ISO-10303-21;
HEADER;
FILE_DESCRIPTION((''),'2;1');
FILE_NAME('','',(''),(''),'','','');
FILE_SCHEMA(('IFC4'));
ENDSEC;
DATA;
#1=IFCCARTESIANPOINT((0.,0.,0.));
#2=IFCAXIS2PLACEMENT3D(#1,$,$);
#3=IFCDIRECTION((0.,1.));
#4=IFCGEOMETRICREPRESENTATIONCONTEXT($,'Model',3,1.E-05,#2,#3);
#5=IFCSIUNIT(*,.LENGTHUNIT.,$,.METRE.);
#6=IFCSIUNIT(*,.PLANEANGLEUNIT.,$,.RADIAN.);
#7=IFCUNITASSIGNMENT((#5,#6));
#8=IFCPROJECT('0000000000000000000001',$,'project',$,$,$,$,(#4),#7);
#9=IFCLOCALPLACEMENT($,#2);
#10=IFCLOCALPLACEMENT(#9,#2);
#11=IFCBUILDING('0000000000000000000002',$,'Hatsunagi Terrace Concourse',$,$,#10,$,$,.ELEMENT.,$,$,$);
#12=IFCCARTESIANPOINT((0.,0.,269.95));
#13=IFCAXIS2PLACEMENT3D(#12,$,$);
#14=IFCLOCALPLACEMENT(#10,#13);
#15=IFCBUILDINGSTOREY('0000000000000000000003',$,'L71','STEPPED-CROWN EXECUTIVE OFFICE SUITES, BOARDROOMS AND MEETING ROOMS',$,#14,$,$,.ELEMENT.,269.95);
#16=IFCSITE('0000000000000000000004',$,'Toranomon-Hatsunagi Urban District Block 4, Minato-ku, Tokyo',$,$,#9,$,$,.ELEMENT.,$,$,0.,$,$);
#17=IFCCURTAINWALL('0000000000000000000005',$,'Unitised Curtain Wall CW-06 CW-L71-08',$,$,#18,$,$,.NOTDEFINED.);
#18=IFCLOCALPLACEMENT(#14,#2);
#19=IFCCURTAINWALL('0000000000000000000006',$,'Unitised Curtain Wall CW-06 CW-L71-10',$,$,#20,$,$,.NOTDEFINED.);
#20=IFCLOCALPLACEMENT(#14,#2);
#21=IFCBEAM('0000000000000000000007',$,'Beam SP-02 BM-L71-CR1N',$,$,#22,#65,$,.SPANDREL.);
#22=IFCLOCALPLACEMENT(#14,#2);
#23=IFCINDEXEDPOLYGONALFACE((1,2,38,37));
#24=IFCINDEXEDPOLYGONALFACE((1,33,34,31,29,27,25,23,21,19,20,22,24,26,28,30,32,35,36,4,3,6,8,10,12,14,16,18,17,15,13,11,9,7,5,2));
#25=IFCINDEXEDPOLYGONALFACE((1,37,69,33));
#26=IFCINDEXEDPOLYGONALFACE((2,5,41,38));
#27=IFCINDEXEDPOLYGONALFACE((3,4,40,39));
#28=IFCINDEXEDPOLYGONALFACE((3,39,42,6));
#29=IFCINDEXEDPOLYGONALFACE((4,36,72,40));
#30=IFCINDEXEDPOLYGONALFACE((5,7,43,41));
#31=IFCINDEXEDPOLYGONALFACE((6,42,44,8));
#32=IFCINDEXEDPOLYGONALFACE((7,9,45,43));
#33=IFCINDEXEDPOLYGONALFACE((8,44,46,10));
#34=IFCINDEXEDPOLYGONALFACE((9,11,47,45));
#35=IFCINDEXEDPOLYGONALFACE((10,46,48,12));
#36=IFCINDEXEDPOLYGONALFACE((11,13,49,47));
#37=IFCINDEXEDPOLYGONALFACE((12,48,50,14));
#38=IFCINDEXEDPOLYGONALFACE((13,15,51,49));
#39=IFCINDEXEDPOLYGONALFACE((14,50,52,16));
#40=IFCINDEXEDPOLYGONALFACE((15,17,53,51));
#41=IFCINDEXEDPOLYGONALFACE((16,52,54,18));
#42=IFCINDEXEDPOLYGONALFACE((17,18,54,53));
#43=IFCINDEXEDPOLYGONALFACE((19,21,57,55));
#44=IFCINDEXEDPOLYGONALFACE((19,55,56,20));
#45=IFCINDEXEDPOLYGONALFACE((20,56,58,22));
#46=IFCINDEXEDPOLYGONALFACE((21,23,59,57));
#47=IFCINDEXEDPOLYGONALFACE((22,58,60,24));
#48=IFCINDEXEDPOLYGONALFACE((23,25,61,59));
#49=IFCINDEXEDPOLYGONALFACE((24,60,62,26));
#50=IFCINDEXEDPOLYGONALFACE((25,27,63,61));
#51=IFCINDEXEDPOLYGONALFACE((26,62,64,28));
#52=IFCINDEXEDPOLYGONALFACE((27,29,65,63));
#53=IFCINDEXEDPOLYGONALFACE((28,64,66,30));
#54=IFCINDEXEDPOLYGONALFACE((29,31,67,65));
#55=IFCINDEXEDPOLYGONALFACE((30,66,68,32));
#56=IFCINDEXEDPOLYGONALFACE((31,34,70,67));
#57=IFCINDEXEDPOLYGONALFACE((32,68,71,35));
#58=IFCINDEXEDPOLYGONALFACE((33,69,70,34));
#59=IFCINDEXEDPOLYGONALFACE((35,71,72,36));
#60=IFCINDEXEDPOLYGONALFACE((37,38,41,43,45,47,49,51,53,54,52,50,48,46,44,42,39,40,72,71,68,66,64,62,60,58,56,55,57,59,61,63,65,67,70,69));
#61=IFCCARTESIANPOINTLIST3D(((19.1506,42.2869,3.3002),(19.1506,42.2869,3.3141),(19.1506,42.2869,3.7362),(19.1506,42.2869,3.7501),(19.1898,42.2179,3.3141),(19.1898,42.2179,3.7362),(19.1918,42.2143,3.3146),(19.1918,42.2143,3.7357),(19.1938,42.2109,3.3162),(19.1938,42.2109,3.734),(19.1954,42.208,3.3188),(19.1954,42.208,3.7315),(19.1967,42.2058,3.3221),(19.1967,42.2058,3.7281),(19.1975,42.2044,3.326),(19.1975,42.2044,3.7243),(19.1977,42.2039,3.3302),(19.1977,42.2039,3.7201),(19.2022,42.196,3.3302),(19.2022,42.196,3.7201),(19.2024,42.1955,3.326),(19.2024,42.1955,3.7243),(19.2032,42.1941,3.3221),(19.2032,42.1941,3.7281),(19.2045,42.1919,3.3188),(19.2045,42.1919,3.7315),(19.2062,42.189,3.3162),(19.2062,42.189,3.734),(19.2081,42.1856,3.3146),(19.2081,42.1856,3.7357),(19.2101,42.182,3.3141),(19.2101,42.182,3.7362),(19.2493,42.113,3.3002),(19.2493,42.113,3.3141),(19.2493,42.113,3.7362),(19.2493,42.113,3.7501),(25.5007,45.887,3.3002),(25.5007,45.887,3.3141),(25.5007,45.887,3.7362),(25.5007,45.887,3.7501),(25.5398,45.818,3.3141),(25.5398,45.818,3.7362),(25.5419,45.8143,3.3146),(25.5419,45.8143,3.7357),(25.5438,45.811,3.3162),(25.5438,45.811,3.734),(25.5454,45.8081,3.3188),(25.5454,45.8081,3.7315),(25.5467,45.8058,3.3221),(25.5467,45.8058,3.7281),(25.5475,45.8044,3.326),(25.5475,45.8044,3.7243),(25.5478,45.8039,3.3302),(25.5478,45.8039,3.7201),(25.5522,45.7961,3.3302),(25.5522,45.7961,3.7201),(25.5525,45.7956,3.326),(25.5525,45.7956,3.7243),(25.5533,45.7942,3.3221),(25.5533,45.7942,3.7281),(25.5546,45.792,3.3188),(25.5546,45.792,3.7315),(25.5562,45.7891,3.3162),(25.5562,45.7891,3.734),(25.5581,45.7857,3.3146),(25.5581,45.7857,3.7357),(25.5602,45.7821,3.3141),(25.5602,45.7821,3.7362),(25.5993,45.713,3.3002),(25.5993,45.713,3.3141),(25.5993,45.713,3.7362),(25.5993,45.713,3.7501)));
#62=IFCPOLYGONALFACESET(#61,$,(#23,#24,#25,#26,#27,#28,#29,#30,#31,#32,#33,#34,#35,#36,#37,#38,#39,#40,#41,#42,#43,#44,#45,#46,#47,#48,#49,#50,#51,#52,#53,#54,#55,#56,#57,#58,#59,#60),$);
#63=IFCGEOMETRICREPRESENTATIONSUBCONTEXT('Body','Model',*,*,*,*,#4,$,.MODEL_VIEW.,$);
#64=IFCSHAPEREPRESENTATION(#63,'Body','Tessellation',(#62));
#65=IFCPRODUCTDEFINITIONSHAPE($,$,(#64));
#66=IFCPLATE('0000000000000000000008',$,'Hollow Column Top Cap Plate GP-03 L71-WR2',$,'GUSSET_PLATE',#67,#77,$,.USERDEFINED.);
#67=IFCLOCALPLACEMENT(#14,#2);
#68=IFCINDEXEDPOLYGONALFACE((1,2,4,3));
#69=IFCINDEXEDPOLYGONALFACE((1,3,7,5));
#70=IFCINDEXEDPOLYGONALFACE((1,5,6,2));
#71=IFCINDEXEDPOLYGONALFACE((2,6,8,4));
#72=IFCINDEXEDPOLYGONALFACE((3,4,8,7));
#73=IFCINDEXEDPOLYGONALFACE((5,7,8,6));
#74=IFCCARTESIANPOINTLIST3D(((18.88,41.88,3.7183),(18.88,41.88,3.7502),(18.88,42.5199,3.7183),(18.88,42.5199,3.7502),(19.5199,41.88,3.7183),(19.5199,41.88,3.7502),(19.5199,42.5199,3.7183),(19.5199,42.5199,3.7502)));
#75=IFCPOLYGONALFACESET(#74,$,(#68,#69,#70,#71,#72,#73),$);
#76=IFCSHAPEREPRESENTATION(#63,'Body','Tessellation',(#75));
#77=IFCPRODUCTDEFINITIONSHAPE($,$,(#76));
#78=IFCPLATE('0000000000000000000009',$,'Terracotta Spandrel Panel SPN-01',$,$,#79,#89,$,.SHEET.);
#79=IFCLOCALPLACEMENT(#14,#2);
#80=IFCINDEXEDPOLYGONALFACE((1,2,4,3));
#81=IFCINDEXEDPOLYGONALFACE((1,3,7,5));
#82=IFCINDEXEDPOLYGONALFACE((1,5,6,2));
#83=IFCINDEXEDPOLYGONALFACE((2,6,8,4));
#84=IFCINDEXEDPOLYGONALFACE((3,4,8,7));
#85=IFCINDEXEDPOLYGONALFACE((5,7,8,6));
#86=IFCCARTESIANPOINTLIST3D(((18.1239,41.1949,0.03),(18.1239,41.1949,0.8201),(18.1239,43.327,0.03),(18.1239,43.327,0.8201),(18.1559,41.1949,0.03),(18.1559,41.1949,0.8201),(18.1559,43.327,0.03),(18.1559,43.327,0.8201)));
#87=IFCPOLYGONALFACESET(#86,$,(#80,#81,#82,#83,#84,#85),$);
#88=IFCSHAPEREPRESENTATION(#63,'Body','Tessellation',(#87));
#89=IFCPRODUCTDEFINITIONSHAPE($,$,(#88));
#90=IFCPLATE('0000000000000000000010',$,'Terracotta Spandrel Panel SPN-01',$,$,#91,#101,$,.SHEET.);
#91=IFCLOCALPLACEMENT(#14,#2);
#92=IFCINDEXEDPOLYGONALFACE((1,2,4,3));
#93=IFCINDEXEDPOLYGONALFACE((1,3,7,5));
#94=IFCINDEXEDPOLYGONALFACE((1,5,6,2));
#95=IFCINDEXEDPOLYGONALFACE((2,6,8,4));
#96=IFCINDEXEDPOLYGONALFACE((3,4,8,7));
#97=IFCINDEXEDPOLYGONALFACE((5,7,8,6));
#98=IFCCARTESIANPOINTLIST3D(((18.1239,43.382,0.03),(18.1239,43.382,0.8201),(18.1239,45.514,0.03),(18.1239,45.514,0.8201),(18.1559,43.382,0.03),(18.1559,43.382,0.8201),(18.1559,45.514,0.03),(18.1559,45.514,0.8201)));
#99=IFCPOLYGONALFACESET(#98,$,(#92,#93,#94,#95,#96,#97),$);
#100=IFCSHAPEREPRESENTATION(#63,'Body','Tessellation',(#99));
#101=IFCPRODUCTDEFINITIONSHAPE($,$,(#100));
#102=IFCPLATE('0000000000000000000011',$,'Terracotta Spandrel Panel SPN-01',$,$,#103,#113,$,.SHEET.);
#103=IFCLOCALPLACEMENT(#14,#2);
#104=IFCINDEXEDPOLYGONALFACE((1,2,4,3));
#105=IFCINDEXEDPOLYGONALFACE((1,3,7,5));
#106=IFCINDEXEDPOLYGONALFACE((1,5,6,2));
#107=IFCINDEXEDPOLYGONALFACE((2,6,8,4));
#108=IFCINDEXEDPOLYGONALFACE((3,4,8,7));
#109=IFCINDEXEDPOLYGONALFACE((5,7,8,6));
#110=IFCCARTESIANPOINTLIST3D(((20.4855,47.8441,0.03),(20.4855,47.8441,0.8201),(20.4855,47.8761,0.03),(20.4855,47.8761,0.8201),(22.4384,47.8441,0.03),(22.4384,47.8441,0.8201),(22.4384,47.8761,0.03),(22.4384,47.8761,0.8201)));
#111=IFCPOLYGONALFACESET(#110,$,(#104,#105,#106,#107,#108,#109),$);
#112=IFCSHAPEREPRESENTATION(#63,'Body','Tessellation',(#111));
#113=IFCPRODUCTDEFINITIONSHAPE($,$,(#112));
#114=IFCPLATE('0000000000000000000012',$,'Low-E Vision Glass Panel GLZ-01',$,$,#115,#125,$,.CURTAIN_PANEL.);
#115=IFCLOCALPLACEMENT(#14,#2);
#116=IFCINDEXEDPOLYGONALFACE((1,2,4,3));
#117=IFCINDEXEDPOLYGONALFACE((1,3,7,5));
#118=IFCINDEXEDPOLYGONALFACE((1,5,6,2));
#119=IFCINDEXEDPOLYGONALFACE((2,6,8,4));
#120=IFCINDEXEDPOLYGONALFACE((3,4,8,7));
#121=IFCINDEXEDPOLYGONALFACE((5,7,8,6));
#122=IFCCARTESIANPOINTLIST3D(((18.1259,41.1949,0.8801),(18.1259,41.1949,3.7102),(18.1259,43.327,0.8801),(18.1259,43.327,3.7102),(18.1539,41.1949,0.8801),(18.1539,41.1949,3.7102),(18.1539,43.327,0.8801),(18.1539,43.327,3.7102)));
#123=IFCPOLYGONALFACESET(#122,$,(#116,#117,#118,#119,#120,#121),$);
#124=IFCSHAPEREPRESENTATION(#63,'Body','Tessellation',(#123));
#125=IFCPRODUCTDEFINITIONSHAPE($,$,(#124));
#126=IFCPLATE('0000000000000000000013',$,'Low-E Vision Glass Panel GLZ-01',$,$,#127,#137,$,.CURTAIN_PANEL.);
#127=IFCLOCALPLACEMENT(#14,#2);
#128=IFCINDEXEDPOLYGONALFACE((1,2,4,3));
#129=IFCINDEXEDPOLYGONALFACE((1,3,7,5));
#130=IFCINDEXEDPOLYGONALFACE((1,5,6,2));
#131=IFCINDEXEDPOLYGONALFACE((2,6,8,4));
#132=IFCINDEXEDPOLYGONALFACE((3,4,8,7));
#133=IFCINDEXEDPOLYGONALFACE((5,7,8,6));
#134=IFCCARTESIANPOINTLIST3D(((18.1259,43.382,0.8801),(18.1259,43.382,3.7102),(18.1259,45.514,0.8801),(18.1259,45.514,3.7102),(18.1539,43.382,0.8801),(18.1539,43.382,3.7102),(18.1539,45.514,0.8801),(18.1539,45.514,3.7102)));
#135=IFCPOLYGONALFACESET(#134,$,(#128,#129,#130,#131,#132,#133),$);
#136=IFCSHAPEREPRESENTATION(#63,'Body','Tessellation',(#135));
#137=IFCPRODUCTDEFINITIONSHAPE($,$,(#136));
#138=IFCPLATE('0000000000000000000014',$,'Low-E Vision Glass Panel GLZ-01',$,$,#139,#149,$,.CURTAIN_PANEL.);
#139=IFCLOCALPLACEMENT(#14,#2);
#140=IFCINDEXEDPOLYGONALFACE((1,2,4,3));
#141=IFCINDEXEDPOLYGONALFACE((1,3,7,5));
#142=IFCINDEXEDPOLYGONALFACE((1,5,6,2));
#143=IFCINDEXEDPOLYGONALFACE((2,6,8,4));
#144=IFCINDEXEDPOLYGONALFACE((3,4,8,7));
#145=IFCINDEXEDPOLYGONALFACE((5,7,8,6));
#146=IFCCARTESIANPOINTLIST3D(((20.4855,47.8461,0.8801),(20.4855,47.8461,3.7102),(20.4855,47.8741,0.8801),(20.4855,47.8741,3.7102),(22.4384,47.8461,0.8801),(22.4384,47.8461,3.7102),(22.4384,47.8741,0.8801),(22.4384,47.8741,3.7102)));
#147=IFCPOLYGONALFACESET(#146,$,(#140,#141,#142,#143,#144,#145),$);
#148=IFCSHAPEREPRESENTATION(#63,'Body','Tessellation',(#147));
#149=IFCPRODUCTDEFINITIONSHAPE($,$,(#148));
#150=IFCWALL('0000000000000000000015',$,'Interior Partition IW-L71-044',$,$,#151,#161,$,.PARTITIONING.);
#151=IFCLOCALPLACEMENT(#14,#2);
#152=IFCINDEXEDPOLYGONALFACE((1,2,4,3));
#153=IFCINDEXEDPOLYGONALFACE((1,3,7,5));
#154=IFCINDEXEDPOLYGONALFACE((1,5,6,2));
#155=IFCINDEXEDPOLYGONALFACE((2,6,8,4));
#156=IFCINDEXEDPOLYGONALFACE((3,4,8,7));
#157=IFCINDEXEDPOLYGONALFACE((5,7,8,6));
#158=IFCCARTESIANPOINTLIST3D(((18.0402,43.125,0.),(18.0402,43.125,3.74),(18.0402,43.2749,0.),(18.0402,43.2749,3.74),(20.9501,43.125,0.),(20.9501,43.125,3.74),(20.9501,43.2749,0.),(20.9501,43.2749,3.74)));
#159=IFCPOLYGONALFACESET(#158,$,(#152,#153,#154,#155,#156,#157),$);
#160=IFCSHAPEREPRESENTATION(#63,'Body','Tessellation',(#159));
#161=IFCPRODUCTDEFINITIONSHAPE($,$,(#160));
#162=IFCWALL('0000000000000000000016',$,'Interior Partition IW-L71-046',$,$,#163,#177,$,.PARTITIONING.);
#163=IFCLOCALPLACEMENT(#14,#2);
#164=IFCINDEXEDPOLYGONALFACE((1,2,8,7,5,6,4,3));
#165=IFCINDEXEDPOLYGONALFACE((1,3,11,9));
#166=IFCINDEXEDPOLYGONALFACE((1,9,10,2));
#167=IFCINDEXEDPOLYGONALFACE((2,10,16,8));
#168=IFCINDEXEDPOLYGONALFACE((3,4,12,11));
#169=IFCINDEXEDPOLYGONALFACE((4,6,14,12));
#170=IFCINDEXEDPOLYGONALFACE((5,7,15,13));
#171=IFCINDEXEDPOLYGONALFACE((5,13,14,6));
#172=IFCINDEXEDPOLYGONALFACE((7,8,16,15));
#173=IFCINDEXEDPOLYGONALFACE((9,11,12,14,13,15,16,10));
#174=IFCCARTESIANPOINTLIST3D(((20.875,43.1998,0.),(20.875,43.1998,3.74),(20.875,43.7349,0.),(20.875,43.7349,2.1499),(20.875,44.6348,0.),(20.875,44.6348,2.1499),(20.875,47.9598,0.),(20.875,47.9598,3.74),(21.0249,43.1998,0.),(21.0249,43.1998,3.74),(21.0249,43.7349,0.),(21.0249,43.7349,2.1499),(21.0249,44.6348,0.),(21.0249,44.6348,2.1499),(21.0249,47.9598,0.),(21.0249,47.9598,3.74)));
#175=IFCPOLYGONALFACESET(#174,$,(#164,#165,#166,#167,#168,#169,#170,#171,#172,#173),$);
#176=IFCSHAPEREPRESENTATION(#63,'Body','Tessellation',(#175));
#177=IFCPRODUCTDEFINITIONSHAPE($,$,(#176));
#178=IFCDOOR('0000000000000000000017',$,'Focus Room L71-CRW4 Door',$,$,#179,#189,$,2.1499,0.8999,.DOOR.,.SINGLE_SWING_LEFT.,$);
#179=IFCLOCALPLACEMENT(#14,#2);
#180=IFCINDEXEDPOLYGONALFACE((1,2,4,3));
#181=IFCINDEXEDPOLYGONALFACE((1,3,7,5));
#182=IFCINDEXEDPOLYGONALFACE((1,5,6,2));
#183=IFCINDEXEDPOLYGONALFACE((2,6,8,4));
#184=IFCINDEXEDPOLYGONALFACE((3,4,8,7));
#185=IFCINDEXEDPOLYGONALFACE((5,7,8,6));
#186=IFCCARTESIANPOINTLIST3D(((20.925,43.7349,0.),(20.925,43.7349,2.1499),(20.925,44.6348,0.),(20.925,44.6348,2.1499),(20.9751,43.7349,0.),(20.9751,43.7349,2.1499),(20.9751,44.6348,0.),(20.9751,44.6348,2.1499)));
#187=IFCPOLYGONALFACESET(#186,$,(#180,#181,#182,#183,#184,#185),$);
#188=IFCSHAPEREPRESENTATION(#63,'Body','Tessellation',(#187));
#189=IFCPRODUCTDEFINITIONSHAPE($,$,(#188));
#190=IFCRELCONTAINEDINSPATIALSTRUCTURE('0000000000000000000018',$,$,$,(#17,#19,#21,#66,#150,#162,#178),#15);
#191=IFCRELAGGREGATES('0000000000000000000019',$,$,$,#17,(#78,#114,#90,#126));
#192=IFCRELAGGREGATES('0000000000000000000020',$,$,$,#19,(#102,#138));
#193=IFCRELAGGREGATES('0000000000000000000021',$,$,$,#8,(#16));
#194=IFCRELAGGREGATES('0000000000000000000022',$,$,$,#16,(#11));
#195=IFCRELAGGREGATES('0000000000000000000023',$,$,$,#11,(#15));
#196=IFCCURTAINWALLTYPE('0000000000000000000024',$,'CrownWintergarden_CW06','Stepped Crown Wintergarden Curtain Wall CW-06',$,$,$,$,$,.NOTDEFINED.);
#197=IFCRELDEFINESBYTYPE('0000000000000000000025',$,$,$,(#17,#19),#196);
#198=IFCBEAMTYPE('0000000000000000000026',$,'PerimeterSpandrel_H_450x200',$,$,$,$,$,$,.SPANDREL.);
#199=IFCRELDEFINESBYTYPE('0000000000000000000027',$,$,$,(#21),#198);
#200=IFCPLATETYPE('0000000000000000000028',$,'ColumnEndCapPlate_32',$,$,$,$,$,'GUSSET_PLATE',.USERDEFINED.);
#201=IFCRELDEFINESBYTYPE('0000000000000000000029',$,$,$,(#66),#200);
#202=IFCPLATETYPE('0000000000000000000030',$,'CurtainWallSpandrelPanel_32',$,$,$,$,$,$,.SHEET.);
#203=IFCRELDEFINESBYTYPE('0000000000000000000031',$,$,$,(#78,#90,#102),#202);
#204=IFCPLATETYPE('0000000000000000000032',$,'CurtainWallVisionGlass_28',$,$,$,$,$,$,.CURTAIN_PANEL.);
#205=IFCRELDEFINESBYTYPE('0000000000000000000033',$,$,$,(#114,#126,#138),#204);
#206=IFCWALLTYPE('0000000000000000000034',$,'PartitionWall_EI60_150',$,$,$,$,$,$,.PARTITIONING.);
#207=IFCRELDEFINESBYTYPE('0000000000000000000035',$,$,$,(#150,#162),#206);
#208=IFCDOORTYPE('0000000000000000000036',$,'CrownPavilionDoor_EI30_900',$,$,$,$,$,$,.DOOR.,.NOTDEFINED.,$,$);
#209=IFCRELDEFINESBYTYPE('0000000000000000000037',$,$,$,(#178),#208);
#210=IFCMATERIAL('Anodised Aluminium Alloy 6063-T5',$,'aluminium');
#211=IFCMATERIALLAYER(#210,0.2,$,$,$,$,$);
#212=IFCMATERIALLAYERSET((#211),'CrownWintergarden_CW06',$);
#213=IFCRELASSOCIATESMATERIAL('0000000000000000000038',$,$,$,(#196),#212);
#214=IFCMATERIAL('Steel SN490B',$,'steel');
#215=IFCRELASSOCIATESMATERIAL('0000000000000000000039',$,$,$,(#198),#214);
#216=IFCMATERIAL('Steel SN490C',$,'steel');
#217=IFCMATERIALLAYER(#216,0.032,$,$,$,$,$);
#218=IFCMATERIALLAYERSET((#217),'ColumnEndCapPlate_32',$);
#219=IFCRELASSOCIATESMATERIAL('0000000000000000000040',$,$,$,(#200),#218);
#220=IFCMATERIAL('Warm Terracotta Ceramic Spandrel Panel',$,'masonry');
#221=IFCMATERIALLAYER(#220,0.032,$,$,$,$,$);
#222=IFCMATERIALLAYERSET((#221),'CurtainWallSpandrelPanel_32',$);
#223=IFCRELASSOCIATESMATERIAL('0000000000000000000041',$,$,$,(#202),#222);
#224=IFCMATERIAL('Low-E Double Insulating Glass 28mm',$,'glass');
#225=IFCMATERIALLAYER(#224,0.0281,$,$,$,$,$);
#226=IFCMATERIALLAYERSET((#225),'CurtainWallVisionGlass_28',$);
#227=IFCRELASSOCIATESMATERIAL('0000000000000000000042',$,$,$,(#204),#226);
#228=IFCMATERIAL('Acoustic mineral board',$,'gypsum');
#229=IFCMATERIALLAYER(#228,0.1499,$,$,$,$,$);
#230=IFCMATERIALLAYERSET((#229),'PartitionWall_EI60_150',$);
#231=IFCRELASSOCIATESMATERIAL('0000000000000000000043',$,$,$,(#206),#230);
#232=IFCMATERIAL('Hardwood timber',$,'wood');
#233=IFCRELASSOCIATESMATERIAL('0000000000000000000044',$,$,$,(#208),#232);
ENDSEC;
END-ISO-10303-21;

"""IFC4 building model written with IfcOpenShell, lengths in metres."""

from ifc_helpers import new_model, si_unit, direction, frame, frame_2d, origin, origin_2d, place, context, subcontext, project, spatial, rectangle, i_section, extrude, material, layer, layer_set, material_profile, profile_set, type_object, element, fill, aggregate, save


model = new_model("IFC4")

# Units and contexts
model_context = context("Model", 3, precision=1e-05, world=origin(), true_north=direction((0.0, 1.0)))
body_context = subcontext(model_context, "Body", "Model", "MODEL_VIEW")
ifc_project = project(units=[si_unit("LENGTHUNIT", "METRE"), si_unit("PLANEANGLEUNIT", "RADIAN")], contexts=[model_context])

# Site, building, storey
site_placement = place(None, origin())
site = spatial("IfcSite", under=ifc_project, at=site_placement, Name="Toranomon-Hatsunagi Urban District Block 4, Minato-ku, Tokyo", CompositionType="ELEMENT", RefElevation=0.0)
building_placement = place(site_placement, origin())
building = spatial("IfcBuilding", under=site, at=building_placement, Name="Hatsunagi Terrace Concourse", CompositionType="ELEMENT")
storey_placement = place(building_placement, frame((0.0, 0.0, 269.95)))
storey = spatial("IfcBuildingStorey", under=building, at=storey_placement, Name="L71", Description="STEPPED-CROWN EXECUTIVE OFFICE SUITES, BOARDROOMS AND MEETING ROOMS", CompositionType="ELEMENT", Elevation=269.95)

# Curtain walls
ifc_material_1 = material(Name="Anodised Aluminium Alloy 6063-T5", Category="aluminium")
ifc_layer_1 = layer(ifc_material_1, 0.2)
ifc_layer_set_1 = layer_set([ifc_layer_1], Name="CrownWintergarden_CW06")
curtain_wall_type = type_object("IfcCurtainWallType", Name="CrownWintergarden_CW06", Description="Stepped Crown Wintergarden Curtain Wall CW-06", PredefinedType="NOTDEFINED", material=ifc_layer_set_1)
curtain_wall_1_placement = place(storey_placement, origin())
curtain_wall_1 = element("IfcCurtainWall", 1, at=curtain_wall_1_placement, inside=storey, type_object=curtain_wall_type, Name="Unitised Curtain Wall CW-06 CW-L71-08", PredefinedType="NOTDEFINED")
curtain_wall_2_placement = place(storey_placement, origin())
curtain_wall_2 = element("IfcCurtainWall", 2, at=curtain_wall_2_placement, inside=storey, type_object=curtain_wall_type, Name="Unitised Curtain Wall CW-06 CW-L71-10", PredefinedType="NOTDEFINED")

# Beam
ifc_material_2 = material(Name="Steel SN490B", Category="steel")
ifc_material_profile_1 = material_profile(ifc_material_2, i_section(OverallWidth=0.2, OverallDepth=0.45, WebThickness=0.009, FlangeThickness=0.0139, FilletRadius=0.0161, at=origin_2d()), Name="H-450x200x9x14")
ifc_profile_set_1 = profile_set([ifc_material_profile_1], Name="Steel SN490B")
beam_type_1 = type_object("IfcBeamType", Name="PerimeterSpandrel_H_450x200", PredefinedType="SPANDREL", material=ifc_profile_set_1)
beam_1_placement = place(storey_placement, frame((19.2, 42.2, 3.5251), z_axis=(0.869922, 0.49319, 0.0), x_axis=(-0.49319, 0.869922, 0.0)))
element("IfcBeam", 3, at=beam_1_placement, inside=storey, type_object=beam_type_1, Name="Beam SP-02 BM-L71-CR1N", PredefinedType="SPANDREL", context=body_context, shape_type="SweptSolid", body=[
    extrude(i_section(OverallWidth=0.2, OverallDepth=0.45, WebThickness=0.009, FlangeThickness=0.0139, FilletRadius=0.0161, at=origin_2d()), origin(), (0.0, 0.0, 1.0), 7.2996),
])

# Plates
ifc_material_3 = material(Name="Steel SN490C", Category="steel")
ifc_layer_2 = layer(ifc_material_3, 0.032)
ifc_layer_set_2 = layer_set([ifc_layer_2], Name="ColumnEndCapPlate_32")
plate_type_1 = type_object("IfcPlateType", Name="ColumnEndCapPlate_32", ElementType="GUSSET_PLATE", PredefinedType="USERDEFINED", material=ifc_layer_set_2)
plate_1_placement = place(storey_placement, frame((19.2, 42.2, 3.7183), z_axis=(0.0, 0.0, 1.0), x_axis=(1.0, 0.0, 0.0)))
element("IfcPlate", 4, at=plate_1_placement, inside=storey, type_object=plate_type_1, Name="Hollow Column Top Cap Plate GP-03 L71-WR2", ObjectType="GUSSET_PLATE", PredefinedType="USERDEFINED", context=body_context, shape_type="SweptSolid", body=[
    extrude(rectangle(XDim=0.6399, YDim=0.6399, at=origin_2d()), origin(), (0.0, 0.0, 1.0), 0.032),
])
ifc_material_4 = material(Name="Warm Terracotta Ceramic Spandrel Panel", Category="masonry")
ifc_layer_3 = layer(ifc_material_4, 0.032)
ifc_layer_set_3 = layer_set([ifc_layer_3], Name="CurtainWallSpandrelPanel_32")
plate_type_2 = type_object("IfcPlateType", Name="CurtainWallSpandrelPanel_32", PredefinedType="SHEET", material=ifc_layer_set_3)
plate_2_placement = place(storey_placement, frame((18.1399, 42.261, 0.03), z_axis=(0.0, 0.0, 1.0), x_axis=(0.0, 1.0, 0.0)))
plate_2 = element("IfcPlate", 5, at=plate_2_placement, type_object=plate_type_2, Name="Terracotta Spandrel Panel SPN-01", PredefinedType="SHEET", context=body_context, shape_type="SweptSolid", body=[
    extrude(rectangle(XDim=2.1321, YDim=0.032, at=origin_2d()), origin(), (0.0, 0.0, 1.0), 0.79),
])
plate_3_placement = place(storey_placement, frame((18.1399, 44.448, 0.03), z_axis=(0.0, 0.0, 1.0), x_axis=(0.0, 1.0, 0.0)))
plate_3 = element("IfcPlate", 6, at=plate_3_placement, type_object=plate_type_2, Name="Terracotta Spandrel Panel SPN-01", PredefinedType="SHEET", context=body_context, shape_type="SweptSolid", body=[
    extrude(rectangle(XDim=2.1321, YDim=0.032, at=origin_2d()), origin(), (0.0, 0.0, 1.0), 0.79),
])
plate_4_placement = place(storey_placement, frame((21.4619, 47.8601, 0.03), z_axis=(0.0, 0.0, 1.0), x_axis=(1.0, 0.0, 0.0)))
plate_4 = element("IfcPlate", 7, at=plate_4_placement, type_object=plate_type_2, Name="Terracotta Spandrel Panel SPN-01", PredefinedType="SHEET", context=body_context, shape_type="SweptSolid", body=[
    extrude(rectangle(XDim=1.9529, YDim=0.032, at=origin_2d()), origin(), (0.0, 0.0, 1.0), 0.79),
])
ifc_material_5 = material(Name="Low-E Double Insulating Glass 28mm", Category="glass")
ifc_layer_4 = layer(ifc_material_5, 0.0281)
ifc_layer_set_4 = layer_set([ifc_layer_4], Name="CurtainWallVisionGlass_28")
plate_type_3 = type_object("IfcPlateType", Name="CurtainWallVisionGlass_28", PredefinedType="CURTAIN_PANEL", material=ifc_layer_set_4)
plate_5_placement = place(storey_placement, frame((18.1399, 42.261, 0.8801), z_axis=(0.0, 0.0, 1.0), x_axis=(0.0, 1.0, 0.0)))
plate_5 = element("IfcPlate", 8, at=plate_5_placement, type_object=plate_type_3, Name="Low-E Vision Glass Panel GLZ-01", PredefinedType="CURTAIN_PANEL", context=body_context, shape_type="SweptSolid", body=[
    extrude(rectangle(XDim=2.1321, YDim=0.0281, at=origin_2d()), origin(), (0.0, 0.0, 1.0), 2.8301),
])
plate_6_placement = place(storey_placement, frame((18.1399, 44.448, 0.8801), z_axis=(0.0, 0.0, 1.0), x_axis=(0.0, 1.0, 0.0)))
plate_6 = element("IfcPlate", 9, at=plate_6_placement, type_object=plate_type_3, Name="Low-E Vision Glass Panel GLZ-01", PredefinedType="CURTAIN_PANEL", context=body_context, shape_type="SweptSolid", body=[
    extrude(rectangle(XDim=2.1321, YDim=0.0281, at=origin_2d()), origin(), (0.0, 0.0, 1.0), 2.8301),
])
aggregate(curtain_wall_1, [plate_2, plate_5, plate_3, plate_6])
plate_7_placement = place(storey_placement, frame((21.4619, 47.8601, 0.8801), z_axis=(0.0, 0.0, 1.0), x_axis=(1.0, 0.0, 0.0)))
plate_7 = element("IfcPlate", 10, at=plate_7_placement, type_object=plate_type_3, Name="Low-E Vision Glass Panel GLZ-01", PredefinedType="CURTAIN_PANEL", context=body_context, shape_type="SweptSolid", body=[
    extrude(rectangle(XDim=1.9529, YDim=0.0281, at=origin_2d()), origin(), (0.0, 0.0, 1.0), 2.8301),
])
aggregate(curtain_wall_2, [plate_4, plate_7])

# Wall
ifc_material_6 = material(Name="Acoustic mineral board", Category="gypsum")
ifc_layer_5 = layer(ifc_material_6, 0.1499)
ifc_layer_set_5 = layer_set([ifc_layer_5], Name="PartitionWall_EI60_150")
wall_type_1 = type_object("IfcWallType", Name="PartitionWall_EI60_150", PredefinedType="PARTITIONING", material=ifc_layer_set_5)
wall_1_placement = place(storey_placement, frame((18.04, 43.2, 0.0), z_axis=(0.0, 0.0, 1.0), x_axis=(1.0, 0.0, 0.0)))
element("IfcWall", 11, at=wall_1_placement, inside=storey, type_object=wall_type_1, Name="Interior Partition IW-L71-044", PredefinedType="PARTITIONING", context=body_context, shape_type="SweptSolid", body=[
    extrude(rectangle(XDim=2.9099, YDim=0.1499, at=frame_2d((1.4551, 0.0))), origin(), (0.0, 0.0, 1.0), 3.74),
])

# Wall, opening, door
wall_2_placement = place(storey_placement, frame((20.95, 43.2, 0.0), z_axis=(0.0, 0.0, 1.0), x_axis=(0.0, 1.0, 0.0)))
wall_2 = element("IfcWall", 12, at=wall_2_placement, inside=storey, type_object=wall_type_1, Name="Interior Partition IW-L71-046", PredefinedType="PARTITIONING", context=body_context, shape_type="SweptSolid", body=[
    extrude(rectangle(XDim=4.76, YDim=0.1499, at=frame_2d((2.3799, 0.0))), origin(), (0.0, 0.0, 1.0), 3.74),
])
opening_placement = place(wall_2_placement, frame((0.5349, 0.0, 0.0)))
opening = element("IfcOpeningElement", 13, at=opening_placement, cuts=wall_2, PredefinedType="OPENING", context=body_context, shape_type="SweptSolid", body=[
    extrude(rectangle(XDim=0.8999, YDim=2.1499, at=frame_2d((0.45, 1.075))), frame((0.0, 0.085, 0.0), z_axis=(0.0, -1.0, 0.0), x_axis=(1.0, 0.0, 0.0)), (0.0, 0.0, 1.0), 0.1699),
])
ifc_material_7 = material(Name="Hardwood timber", Category="wood")
door_type = type_object("IfcDoorType", Name="CrownPavilionDoor_EI30_900", OperationType="NOTDEFINED", PredefinedType="DOOR", material=ifc_material_7)
door_placement = place(opening_placement, origin())
door = element("IfcDoor", 14, at=door_placement, inside=storey, type_object=door_type, Name="Focus Room L71-CRW4 Door", OperationType="SINGLE_SWING_LEFT", OverallHeight=2.1499, OverallWidth=0.8999, PredefinedType="DOOR", context=body_context, shape_type="SweptSolid", body=[
    extrude(rectangle(XDim=0.8999, YDim=2.1499, at=frame_2d((0.45, 1.075))), frame((0.0, 0.0249, 0.0), z_axis=(0.0, -1.0, 0.0), x_axis=(1.0, 0.0, 0.0)), (0.0, 0.0, 1.0), 0.05),
])
fill(opening, door)

save(model, "model.ifc")
